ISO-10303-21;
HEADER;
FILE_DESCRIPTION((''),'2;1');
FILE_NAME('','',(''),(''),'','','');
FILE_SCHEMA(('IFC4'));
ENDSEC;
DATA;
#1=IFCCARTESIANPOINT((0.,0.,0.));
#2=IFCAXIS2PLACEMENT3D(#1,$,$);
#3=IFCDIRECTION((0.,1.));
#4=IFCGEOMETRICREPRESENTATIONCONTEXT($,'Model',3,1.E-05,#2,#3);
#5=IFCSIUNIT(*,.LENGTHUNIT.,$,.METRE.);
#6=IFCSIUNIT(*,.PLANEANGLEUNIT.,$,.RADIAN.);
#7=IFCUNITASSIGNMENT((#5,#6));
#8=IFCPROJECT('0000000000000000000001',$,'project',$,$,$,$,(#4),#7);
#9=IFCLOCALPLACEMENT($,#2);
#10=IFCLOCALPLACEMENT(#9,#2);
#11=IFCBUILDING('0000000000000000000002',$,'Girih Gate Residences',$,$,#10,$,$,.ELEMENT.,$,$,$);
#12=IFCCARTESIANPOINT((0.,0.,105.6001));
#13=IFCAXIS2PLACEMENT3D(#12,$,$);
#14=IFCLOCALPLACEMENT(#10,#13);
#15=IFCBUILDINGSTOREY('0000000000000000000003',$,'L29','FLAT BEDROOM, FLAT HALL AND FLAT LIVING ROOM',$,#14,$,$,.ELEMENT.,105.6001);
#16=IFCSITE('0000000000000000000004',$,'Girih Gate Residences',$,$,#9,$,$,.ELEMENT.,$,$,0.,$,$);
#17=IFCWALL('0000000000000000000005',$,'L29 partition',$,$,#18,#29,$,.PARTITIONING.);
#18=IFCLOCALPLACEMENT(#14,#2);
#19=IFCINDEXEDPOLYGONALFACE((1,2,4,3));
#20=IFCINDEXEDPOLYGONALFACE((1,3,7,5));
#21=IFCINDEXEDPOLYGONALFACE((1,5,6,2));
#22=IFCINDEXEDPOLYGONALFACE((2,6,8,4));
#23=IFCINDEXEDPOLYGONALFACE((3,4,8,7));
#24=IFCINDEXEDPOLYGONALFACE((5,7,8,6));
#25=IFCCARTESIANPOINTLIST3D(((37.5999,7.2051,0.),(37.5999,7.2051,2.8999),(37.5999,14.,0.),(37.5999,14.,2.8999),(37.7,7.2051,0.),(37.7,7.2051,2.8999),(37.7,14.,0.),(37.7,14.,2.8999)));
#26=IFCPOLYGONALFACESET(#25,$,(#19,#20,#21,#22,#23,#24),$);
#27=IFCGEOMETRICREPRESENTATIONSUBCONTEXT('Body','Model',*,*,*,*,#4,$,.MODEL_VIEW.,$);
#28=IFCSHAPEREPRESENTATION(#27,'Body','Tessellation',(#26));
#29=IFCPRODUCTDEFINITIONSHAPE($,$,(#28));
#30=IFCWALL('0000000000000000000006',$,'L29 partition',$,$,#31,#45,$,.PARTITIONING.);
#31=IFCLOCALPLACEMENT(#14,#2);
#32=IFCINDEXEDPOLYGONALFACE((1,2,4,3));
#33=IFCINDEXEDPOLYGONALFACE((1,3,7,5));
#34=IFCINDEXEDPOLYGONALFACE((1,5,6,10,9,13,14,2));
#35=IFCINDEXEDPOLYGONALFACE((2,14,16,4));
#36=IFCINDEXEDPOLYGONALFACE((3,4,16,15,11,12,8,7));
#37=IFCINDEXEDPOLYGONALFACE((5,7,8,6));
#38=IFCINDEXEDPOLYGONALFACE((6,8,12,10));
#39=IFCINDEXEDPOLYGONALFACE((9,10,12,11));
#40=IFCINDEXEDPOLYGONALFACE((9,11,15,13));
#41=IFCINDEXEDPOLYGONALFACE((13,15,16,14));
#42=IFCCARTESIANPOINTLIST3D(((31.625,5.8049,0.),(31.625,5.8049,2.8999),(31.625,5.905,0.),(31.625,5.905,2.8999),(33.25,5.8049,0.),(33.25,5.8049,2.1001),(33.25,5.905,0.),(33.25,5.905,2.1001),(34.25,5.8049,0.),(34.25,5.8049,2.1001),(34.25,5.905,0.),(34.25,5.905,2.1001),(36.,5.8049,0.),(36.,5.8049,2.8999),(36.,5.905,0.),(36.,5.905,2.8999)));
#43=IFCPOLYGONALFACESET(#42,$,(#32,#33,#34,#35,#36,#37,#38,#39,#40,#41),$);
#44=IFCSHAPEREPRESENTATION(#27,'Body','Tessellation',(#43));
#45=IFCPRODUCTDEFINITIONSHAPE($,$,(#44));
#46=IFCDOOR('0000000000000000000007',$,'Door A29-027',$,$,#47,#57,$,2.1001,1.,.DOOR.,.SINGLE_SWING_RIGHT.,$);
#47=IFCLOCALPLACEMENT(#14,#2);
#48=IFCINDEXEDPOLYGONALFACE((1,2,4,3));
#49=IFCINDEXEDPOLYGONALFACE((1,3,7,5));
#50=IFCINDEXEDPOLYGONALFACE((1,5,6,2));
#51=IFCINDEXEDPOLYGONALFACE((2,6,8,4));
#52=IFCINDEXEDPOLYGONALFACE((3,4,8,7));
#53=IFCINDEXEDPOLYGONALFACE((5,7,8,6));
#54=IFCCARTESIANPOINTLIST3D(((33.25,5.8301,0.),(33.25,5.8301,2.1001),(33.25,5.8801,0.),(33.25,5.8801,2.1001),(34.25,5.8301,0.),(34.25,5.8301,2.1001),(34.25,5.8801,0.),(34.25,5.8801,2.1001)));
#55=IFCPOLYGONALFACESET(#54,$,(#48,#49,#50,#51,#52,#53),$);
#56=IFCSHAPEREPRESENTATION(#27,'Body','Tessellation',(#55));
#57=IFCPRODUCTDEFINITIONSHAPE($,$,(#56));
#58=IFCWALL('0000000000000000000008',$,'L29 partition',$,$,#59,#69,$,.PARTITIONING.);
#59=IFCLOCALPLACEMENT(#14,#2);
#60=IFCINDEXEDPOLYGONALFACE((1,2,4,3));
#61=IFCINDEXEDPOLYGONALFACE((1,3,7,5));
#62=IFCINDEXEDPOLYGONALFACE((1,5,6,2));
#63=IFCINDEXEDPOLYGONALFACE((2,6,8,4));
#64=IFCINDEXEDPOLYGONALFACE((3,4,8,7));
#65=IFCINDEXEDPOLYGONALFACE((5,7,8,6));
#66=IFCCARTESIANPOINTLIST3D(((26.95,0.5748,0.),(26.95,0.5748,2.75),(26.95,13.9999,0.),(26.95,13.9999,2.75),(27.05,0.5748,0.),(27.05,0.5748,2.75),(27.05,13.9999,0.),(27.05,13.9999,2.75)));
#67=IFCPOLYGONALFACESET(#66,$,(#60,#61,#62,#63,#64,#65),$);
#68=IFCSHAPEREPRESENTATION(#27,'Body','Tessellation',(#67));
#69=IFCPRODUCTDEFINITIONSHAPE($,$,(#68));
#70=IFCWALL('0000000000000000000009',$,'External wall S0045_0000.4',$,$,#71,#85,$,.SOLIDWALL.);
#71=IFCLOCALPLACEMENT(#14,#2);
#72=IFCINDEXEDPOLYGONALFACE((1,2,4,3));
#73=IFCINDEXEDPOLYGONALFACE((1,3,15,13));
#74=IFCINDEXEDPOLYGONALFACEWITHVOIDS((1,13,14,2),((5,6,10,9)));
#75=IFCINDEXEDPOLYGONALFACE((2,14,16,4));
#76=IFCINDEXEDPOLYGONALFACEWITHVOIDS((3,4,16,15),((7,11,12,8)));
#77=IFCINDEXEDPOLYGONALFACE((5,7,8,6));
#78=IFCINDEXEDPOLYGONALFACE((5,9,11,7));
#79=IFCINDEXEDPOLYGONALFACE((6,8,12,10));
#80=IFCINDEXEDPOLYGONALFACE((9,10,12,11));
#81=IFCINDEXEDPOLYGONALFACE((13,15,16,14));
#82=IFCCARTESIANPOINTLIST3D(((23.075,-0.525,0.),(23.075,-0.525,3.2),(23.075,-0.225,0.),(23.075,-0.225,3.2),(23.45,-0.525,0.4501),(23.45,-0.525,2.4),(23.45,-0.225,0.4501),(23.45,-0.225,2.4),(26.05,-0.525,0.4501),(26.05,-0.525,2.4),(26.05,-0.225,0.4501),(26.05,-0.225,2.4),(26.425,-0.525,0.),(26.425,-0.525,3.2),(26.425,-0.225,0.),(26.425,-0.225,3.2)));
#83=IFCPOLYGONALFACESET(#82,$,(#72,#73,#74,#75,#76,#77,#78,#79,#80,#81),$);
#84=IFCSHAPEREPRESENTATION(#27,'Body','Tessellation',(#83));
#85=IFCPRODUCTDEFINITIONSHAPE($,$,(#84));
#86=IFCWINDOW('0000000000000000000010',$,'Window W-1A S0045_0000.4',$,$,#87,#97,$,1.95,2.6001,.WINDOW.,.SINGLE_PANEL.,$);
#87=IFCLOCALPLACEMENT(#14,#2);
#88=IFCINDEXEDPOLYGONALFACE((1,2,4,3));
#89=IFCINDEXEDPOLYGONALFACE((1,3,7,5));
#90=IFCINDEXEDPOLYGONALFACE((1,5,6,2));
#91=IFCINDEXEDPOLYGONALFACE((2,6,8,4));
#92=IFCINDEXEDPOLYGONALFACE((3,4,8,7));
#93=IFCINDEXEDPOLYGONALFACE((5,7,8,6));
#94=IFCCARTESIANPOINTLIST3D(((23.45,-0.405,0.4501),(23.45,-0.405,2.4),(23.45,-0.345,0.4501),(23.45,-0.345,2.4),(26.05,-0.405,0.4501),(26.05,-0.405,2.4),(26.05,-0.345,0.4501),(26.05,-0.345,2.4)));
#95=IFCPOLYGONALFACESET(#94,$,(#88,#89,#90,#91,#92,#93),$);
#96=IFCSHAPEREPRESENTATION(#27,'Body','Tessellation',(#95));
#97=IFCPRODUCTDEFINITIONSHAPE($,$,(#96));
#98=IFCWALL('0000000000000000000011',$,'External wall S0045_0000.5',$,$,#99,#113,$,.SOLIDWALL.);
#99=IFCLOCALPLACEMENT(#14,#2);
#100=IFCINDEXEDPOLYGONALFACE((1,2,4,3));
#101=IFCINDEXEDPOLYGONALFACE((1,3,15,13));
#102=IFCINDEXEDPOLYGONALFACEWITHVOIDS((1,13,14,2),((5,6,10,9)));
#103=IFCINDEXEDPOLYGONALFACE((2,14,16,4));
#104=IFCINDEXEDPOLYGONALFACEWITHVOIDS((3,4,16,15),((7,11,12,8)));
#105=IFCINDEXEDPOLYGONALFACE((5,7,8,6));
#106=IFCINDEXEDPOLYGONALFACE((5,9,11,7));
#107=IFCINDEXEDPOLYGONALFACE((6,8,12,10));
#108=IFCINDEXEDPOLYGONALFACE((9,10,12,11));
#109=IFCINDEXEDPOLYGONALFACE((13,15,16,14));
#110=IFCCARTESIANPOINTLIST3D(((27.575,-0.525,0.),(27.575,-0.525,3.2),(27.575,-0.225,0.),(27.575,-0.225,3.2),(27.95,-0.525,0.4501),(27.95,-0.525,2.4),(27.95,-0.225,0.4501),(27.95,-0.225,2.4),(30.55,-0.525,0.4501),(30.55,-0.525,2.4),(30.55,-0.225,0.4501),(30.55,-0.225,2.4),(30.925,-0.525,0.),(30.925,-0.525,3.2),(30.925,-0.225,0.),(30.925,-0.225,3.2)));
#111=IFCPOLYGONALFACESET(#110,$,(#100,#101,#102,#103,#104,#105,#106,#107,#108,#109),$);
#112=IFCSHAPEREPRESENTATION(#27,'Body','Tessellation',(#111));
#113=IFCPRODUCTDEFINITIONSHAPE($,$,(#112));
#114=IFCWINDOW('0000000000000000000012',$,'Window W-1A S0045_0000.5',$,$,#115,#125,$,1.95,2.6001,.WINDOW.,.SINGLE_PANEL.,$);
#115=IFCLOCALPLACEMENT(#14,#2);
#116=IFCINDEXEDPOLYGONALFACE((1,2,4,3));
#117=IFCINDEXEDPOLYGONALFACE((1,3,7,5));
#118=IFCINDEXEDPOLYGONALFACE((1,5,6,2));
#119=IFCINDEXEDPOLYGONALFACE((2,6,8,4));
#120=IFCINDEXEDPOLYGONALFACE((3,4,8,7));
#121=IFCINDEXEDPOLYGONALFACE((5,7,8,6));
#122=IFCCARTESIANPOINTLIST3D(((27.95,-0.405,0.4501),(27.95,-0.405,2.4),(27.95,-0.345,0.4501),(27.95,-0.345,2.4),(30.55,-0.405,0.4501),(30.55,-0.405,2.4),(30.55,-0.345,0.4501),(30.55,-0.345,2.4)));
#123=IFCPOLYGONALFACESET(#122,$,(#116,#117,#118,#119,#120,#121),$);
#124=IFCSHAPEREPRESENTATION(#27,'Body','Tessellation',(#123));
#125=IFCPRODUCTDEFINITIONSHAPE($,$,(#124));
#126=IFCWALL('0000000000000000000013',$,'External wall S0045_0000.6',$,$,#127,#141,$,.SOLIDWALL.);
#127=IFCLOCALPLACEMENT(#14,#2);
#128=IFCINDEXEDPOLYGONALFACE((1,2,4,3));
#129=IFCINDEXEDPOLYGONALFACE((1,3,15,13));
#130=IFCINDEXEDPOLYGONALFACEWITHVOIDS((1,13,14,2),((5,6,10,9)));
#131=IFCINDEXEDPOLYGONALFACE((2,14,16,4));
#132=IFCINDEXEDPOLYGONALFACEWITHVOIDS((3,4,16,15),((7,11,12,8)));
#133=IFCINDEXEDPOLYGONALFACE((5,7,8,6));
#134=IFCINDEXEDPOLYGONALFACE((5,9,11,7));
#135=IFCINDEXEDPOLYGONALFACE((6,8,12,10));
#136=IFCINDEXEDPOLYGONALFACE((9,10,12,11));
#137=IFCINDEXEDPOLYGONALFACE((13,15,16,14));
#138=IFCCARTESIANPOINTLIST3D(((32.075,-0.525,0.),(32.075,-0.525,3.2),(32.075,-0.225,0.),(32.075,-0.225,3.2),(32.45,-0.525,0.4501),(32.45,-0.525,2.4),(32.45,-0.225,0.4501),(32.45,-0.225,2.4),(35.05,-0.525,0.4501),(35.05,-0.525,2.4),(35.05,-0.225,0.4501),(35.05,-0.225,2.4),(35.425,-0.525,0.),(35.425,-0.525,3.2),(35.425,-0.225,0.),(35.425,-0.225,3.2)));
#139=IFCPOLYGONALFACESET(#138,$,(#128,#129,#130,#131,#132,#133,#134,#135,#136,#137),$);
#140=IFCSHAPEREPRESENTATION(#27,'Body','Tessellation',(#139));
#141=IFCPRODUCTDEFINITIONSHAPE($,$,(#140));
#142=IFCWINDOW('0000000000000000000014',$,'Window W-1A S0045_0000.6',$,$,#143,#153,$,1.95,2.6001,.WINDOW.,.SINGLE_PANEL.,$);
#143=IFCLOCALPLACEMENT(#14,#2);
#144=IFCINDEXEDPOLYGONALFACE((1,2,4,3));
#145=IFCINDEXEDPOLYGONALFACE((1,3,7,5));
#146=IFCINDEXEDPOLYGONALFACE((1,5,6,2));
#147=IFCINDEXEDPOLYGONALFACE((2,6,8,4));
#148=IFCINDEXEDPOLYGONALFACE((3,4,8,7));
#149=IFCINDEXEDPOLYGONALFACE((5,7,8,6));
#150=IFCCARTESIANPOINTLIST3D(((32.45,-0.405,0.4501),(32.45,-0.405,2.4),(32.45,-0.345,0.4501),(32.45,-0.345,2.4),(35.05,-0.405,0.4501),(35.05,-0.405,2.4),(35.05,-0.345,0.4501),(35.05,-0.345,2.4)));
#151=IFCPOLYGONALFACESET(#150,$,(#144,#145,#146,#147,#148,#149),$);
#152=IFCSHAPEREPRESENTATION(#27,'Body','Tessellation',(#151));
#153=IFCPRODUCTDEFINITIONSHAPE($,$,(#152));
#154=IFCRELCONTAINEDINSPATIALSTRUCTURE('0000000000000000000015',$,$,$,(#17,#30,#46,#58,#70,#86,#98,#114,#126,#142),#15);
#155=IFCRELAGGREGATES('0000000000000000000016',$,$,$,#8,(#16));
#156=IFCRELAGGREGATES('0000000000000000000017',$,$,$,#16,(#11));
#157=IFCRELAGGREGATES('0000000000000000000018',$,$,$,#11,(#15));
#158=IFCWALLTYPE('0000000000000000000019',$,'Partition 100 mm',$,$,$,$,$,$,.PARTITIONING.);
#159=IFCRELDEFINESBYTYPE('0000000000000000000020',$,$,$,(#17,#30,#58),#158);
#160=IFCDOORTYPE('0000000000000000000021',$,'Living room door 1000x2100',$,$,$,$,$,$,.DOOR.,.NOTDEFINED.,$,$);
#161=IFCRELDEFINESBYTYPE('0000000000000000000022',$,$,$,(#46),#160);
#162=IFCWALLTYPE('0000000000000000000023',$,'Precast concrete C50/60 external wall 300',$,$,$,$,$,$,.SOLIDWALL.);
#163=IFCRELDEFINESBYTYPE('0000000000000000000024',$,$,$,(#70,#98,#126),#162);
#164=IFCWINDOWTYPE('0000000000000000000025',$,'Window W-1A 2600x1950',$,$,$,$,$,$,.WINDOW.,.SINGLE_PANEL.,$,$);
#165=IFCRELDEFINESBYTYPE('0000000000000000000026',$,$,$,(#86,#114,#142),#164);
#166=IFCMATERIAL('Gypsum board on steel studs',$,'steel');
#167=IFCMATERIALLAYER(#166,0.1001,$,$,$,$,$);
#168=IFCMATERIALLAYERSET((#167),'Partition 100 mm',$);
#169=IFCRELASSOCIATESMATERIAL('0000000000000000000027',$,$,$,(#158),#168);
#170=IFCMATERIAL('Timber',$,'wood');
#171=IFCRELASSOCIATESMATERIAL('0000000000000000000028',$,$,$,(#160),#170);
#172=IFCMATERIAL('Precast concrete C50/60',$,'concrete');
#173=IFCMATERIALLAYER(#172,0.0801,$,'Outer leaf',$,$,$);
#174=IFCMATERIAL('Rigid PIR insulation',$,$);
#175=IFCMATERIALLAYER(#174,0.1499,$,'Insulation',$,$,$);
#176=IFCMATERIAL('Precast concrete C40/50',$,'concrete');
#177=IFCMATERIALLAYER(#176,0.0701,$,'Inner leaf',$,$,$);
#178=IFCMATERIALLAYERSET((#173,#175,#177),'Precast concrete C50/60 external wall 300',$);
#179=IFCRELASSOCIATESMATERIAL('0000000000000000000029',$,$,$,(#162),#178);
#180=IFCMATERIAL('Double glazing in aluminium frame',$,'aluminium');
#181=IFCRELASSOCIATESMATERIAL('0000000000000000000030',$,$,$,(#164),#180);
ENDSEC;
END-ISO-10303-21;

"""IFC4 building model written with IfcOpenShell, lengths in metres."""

from ifc_helpers import new_model, si_unit, direction, frame, frame_2d, origin, place, context, subcontext, project, spatial, rectangle, extrude, material, layer, layer_set, type_object, element, fill, save


model = new_model("IFC4")

# Units and contexts
model_context = context("Model", 3, precision=1e-05, world=origin(), true_north=direction((0.0, 1.0)))
body_context = subcontext(model_context, "Body", "Model", "MODEL_VIEW")
ifc_project = project(units=[si_unit("LENGTHUNIT", "METRE"), si_unit("PLANEANGLEUNIT", "RADIAN")], contexts=[model_context])

# Site, building, storey
site_placement = place(None, origin())
site = spatial("IfcSite", under=ifc_project, at=site_placement, Name="Girih Gate Residences", CompositionType="ELEMENT", RefElevation=0.0)
building_placement = place(site_placement, origin())
building = spatial("IfcBuilding", under=site, at=building_placement, Name="Girih Gate Residences", CompositionType="ELEMENT")
storey_placement = place(building_placement, frame((0.0, 0.0, 105.6001)))
storey = spatial("IfcBuildingStorey", under=building, at=storey_placement, Name="L29", Description="FLAT BEDROOM, FLAT HALL AND FLAT LIVING ROOM", CompositionType="ELEMENT", Elevation=105.6001)

# Shared definitions
ifc_material_1 = material(Name="Gypsum board on steel studs", Category="steel")
ifc_layer_1 = layer(ifc_material_1, 0.1001)
ifc_layer_set_1 = layer_set([ifc_layer_1], Name="Partition 100 mm")
wall_type_1 = type_object("IfcWallType", Name="Partition 100 mm", PredefinedType="PARTITIONING", material=ifc_layer_set_1)

# Shared definitions
ifc_material_2 = material(Name="Timber", Category="wood")

# Wall
wall_1_placement = place(storey_placement, frame((37.6499, 7.2051, 0.0), z_axis=(0.0, 0.0, 1.0), x_axis=(0.0, 1.0, 0.0)))
element("IfcWall", 1, at=wall_1_placement, inside=storey, type_object=wall_type_1, Name="L29 partition", PredefinedType="PARTITIONING", context=body_context, shape_type="SweptSolid", body=[
    extrude(rectangle(XDim=6.7949, YDim=0.1001, at=frame_2d((3.3975, 0.0))), origin(), (0.0, 0.0, 1.0), 2.8999),
])

# Wall, opening, door
wall_2_placement = place(storey_placement, frame((36.0, 5.855, 0.0), z_axis=(0.0, 0.0, 1.0), x_axis=(-1.0, 0.0, 0.0)))
wall_2 = element("IfcWall", 2, at=wall_2_placement, inside=storey, type_object=wall_type_1, Name="L29 partition", PredefinedType="PARTITIONING", context=body_context, shape_type="SweptSolid", body=[
    extrude(rectangle(XDim=4.375, YDim=0.1001, at=frame_2d((2.1875, 0.0))), origin(), (0.0, 0.0, 1.0), 2.8999),
])
opening_1_placement = place(wall_2_placement, frame((1.75, 0.0, 0.0)))
opening_1 = element("IfcOpeningElement", 3, at=opening_1_placement, cuts=wall_2, PredefinedType="OPENING", context=body_context, shape_type="SweptSolid", body=[
    extrude(rectangle(XDim=1.0, YDim=2.1001, at=frame_2d((0.5, 1.05))), frame((0.0, 0.0601, 0.0), z_axis=(0.0, -1.0, 0.0), x_axis=(1.0, 0.0, 0.0)), (0.0, 0.0, 1.0), 0.1201),
])
door_type_1 = type_object("IfcDoorType", Name="Living room door 1000x2100", OperationType="NOTDEFINED", PredefinedType="DOOR", material=ifc_material_2)
door_1_placement = place(opening_1_placement, origin())
door_1 = element("IfcDoor", 4, at=door_1_placement, inside=storey, type_object=door_type_1, Name="Door A29-027", OperationType="SINGLE_SWING_RIGHT", OverallHeight=2.1001, OverallWidth=1.0, PredefinedType="DOOR", context=body_context, shape_type="SweptSolid", body=[
    extrude(rectangle(XDim=1.0, YDim=2.1001, at=frame_2d((0.5, 1.05))), frame((0.0, 0.0249, 0.0), z_axis=(0.0, -1.0, 0.0), x_axis=(1.0, 0.0, 0.0)), (0.0, 0.0, 1.0), 0.05),
])
fill(opening_1, door_1)

# Wall
wall_3_placement = place(storey_placement, frame((27.0, 0.575, 0.0), z_axis=(0.0, 0.0, 1.0), x_axis=(0.0, 1.0, 0.0)))
element("IfcWall", 5, at=wall_3_placement, inside=storey, type_object=wall_type_1, Name="L29 partition", PredefinedType="PARTITIONING", context=body_context, shape_type="SweptSolid", body=[
    extrude(rectangle(XDim=13.425, YDim=0.1001, at=frame_2d((6.7124, 0.0))), origin(), (0.0, 0.0, 1.0), 2.75),
])

# Walls, openings, windows
ifc_material_3 = material(Name="Precast concrete C50/60", Category="concrete")
ifc_layer_2 = layer(ifc_material_3, 0.0801, Name="Outer leaf")
ifc_material_4 = material(Name="Rigid PIR insulation")
ifc_layer_3 = layer(ifc_material_4, 0.1499, Name="Insulation")
ifc_material_5 = material(Name="Precast concrete C40/50", Category="concrete")
ifc_layer_4 = layer(ifc_material_5, 0.0701, Name="Inner leaf")
ifc_layer_set_2 = layer_set([ifc_layer_2, ifc_layer_3, ifc_layer_4], Name="Precast concrete C50/60 external wall 300")
wall_type_2 = type_object("IfcWallType", Name="Precast concrete C50/60 external wall 300", PredefinedType="SOLIDWALL", material=ifc_layer_set_2)
wall_4_placement = place(storey_placement, frame((26.425, -0.375, 0.0), z_axis=(0.0, 0.0, 1.0), x_axis=(-1.0, 0.0, 0.0)))
wall_4 = element("IfcWall", 6, at=wall_4_placement, inside=storey, type_object=wall_type_2, Name="External wall S0045_0000.4", PredefinedType="SOLIDWALL", context=body_context, shape_type="SweptSolid", body=[
    extrude(rectangle(XDim=3.3501, YDim=0.3, at=frame_2d((1.675, 0.0))), origin(), (0.0, 0.0, 1.0), 3.2),
])
opening_2_placement = place(wall_4_placement, frame((0.375, 0.0, 0.45)))
opening_2 = element("IfcOpeningElement", 7, at=opening_2_placement, cuts=wall_4, PredefinedType="OPENING", context=body_context, shape_type="SweptSolid", body=[
    extrude(rectangle(XDim=2.6001, YDim=1.95, at=frame_2d((1.3, 0.9751))), frame((0.0, 0.1599, 0.0), z_axis=(0.0, -1.0, 0.0), x_axis=(1.0, 0.0, 0.0)), (0.0, 0.0, 1.0), 0.3201),
])
ifc_material_6 = material(Name="Double glazing in aluminium frame", Category="aluminium")
window_type = type_object("IfcWindowType", Name="Window W-1A 2600x1950", PartitioningType="SINGLE_PANEL", PredefinedType="WINDOW", material=ifc_material_6)
window_1_placement = place(opening_2_placement, origin())
window_1 = element("IfcWindow", 8, at=window_1_placement, inside=storey, type_object=window_type, Name="Window W-1A S0045_0000.4", OverallHeight=1.95, OverallWidth=2.6001, PartitioningType="SINGLE_PANEL", PredefinedType="WINDOW", context=body_context, shape_type="SweptSolid", body=[
    extrude(rectangle(XDim=2.6001, YDim=1.95, at=frame_2d((1.3, 0.9751))), frame((0.0, 0.03, 0.0), z_axis=(0.0, -1.0, 0.0), x_axis=(1.0, 0.0, 0.0)), (0.0, 0.0, 1.0), 0.0601),
])
fill(opening_2, window_1)
wall_5_placement = place(storey_placement, frame((30.925, -0.375, 0.0), z_axis=(0.0, 0.0, 1.0), x_axis=(-1.0, 0.0, 0.0)))
wall_5 = element("IfcWall", 9, at=wall_5_placement, inside=storey, type_object=wall_type_2, Name="External wall S0045_0000.5", PredefinedType="SOLIDWALL", context=body_context, shape_type="SweptSolid", body=[
    extrude(rectangle(XDim=3.3501, YDim=0.3, at=frame_2d((1.675, 0.0))), origin(), (0.0, 0.0, 1.0), 3.2),
])
opening_3_placement = place(wall_5_placement, frame((0.375, 0.0, 0.45)))
opening_3 = element("IfcOpeningElement", 10, at=opening_3_placement, cuts=wall_5, PredefinedType="OPENING", context=body_context, shape_type="SweptSolid", body=[
    extrude(rectangle(XDim=2.6001, YDim=1.95, at=frame_2d((1.3, 0.9751))), frame((0.0, 0.1599, 0.0), z_axis=(0.0, -1.0, 0.0), x_axis=(1.0, 0.0, 0.0)), (0.0, 0.0, 1.0), 0.3201),
])
window_2_placement = place(opening_3_placement, origin())
window_2 = element("IfcWindow", 11, at=window_2_placement, inside=storey, type_object=window_type, Name="Window W-1A S0045_0000.5", OverallHeight=1.95, OverallWidth=2.6001, PartitioningType="SINGLE_PANEL", PredefinedType="WINDOW", context=body_context, shape_type="SweptSolid", body=[
    extrude(rectangle(XDim=2.6001, YDim=1.95, at=frame_2d((1.3, 0.9751))), frame((0.0, 0.03, 0.0), z_axis=(0.0, -1.0, 0.0), x_axis=(1.0, 0.0, 0.0)), (0.0, 0.0, 1.0), 0.0601),
])
fill(opening_3, window_2)
wall_6_placement = place(storey_placement, frame((35.425, -0.375, 0.0), z_axis=(0.0, 0.0, 1.0), x_axis=(-1.0, 0.0, 0.0)))
wall_6 = element("IfcWall", 12, at=wall_6_placement, inside=storey, type_object=wall_type_2, Name="External wall S0045_0000.6", PredefinedType="SOLIDWALL", context=body_context, shape_type="SweptSolid", body=[
    extrude(rectangle(XDim=3.3501, YDim=0.3, at=frame_2d((1.675, 0.0))), origin(), (0.0, 0.0, 1.0), 3.2),
])
opening_4_placement = place(wall_6_placement, frame((0.375, 0.0, 0.45)))
opening_4 = element("IfcOpeningElement", 13, at=opening_4_placement, cuts=wall_6, PredefinedType="OPENING", context=body_context, shape_type="SweptSolid", body=[
    extrude(rectangle(XDim=2.6001, YDim=1.95, at=frame_2d((1.3, 0.9751))), frame((0.0, 0.1599, 0.0), z_axis=(0.0, -1.0, 0.0), x_axis=(1.0, 0.0, 0.0)), (0.0, 0.0, 1.0), 0.3201),
])
window_3_placement = place(opening_4_placement, origin())
window_3 = element("IfcWindow", 14, at=window_3_placement, inside=storey, type_object=window_type, Name="Window W-1A S0045_0000.6", OverallHeight=1.95, OverallWidth=2.6001, PartitioningType="SINGLE_PANEL", PredefinedType="WINDOW", context=body_context, shape_type="SweptSolid", body=[
    extrude(rectangle(XDim=2.6001, YDim=1.95, at=frame_2d((1.3, 0.9751))), frame((0.0, 0.03, 0.0), z_axis=(0.0, -1.0, 0.0), x_axis=(1.0, 0.0, 0.0)), (0.0, 0.0, 1.0), 0.0601),
])
fill(opening_4, window_3)

save(model, "model.ifc")
